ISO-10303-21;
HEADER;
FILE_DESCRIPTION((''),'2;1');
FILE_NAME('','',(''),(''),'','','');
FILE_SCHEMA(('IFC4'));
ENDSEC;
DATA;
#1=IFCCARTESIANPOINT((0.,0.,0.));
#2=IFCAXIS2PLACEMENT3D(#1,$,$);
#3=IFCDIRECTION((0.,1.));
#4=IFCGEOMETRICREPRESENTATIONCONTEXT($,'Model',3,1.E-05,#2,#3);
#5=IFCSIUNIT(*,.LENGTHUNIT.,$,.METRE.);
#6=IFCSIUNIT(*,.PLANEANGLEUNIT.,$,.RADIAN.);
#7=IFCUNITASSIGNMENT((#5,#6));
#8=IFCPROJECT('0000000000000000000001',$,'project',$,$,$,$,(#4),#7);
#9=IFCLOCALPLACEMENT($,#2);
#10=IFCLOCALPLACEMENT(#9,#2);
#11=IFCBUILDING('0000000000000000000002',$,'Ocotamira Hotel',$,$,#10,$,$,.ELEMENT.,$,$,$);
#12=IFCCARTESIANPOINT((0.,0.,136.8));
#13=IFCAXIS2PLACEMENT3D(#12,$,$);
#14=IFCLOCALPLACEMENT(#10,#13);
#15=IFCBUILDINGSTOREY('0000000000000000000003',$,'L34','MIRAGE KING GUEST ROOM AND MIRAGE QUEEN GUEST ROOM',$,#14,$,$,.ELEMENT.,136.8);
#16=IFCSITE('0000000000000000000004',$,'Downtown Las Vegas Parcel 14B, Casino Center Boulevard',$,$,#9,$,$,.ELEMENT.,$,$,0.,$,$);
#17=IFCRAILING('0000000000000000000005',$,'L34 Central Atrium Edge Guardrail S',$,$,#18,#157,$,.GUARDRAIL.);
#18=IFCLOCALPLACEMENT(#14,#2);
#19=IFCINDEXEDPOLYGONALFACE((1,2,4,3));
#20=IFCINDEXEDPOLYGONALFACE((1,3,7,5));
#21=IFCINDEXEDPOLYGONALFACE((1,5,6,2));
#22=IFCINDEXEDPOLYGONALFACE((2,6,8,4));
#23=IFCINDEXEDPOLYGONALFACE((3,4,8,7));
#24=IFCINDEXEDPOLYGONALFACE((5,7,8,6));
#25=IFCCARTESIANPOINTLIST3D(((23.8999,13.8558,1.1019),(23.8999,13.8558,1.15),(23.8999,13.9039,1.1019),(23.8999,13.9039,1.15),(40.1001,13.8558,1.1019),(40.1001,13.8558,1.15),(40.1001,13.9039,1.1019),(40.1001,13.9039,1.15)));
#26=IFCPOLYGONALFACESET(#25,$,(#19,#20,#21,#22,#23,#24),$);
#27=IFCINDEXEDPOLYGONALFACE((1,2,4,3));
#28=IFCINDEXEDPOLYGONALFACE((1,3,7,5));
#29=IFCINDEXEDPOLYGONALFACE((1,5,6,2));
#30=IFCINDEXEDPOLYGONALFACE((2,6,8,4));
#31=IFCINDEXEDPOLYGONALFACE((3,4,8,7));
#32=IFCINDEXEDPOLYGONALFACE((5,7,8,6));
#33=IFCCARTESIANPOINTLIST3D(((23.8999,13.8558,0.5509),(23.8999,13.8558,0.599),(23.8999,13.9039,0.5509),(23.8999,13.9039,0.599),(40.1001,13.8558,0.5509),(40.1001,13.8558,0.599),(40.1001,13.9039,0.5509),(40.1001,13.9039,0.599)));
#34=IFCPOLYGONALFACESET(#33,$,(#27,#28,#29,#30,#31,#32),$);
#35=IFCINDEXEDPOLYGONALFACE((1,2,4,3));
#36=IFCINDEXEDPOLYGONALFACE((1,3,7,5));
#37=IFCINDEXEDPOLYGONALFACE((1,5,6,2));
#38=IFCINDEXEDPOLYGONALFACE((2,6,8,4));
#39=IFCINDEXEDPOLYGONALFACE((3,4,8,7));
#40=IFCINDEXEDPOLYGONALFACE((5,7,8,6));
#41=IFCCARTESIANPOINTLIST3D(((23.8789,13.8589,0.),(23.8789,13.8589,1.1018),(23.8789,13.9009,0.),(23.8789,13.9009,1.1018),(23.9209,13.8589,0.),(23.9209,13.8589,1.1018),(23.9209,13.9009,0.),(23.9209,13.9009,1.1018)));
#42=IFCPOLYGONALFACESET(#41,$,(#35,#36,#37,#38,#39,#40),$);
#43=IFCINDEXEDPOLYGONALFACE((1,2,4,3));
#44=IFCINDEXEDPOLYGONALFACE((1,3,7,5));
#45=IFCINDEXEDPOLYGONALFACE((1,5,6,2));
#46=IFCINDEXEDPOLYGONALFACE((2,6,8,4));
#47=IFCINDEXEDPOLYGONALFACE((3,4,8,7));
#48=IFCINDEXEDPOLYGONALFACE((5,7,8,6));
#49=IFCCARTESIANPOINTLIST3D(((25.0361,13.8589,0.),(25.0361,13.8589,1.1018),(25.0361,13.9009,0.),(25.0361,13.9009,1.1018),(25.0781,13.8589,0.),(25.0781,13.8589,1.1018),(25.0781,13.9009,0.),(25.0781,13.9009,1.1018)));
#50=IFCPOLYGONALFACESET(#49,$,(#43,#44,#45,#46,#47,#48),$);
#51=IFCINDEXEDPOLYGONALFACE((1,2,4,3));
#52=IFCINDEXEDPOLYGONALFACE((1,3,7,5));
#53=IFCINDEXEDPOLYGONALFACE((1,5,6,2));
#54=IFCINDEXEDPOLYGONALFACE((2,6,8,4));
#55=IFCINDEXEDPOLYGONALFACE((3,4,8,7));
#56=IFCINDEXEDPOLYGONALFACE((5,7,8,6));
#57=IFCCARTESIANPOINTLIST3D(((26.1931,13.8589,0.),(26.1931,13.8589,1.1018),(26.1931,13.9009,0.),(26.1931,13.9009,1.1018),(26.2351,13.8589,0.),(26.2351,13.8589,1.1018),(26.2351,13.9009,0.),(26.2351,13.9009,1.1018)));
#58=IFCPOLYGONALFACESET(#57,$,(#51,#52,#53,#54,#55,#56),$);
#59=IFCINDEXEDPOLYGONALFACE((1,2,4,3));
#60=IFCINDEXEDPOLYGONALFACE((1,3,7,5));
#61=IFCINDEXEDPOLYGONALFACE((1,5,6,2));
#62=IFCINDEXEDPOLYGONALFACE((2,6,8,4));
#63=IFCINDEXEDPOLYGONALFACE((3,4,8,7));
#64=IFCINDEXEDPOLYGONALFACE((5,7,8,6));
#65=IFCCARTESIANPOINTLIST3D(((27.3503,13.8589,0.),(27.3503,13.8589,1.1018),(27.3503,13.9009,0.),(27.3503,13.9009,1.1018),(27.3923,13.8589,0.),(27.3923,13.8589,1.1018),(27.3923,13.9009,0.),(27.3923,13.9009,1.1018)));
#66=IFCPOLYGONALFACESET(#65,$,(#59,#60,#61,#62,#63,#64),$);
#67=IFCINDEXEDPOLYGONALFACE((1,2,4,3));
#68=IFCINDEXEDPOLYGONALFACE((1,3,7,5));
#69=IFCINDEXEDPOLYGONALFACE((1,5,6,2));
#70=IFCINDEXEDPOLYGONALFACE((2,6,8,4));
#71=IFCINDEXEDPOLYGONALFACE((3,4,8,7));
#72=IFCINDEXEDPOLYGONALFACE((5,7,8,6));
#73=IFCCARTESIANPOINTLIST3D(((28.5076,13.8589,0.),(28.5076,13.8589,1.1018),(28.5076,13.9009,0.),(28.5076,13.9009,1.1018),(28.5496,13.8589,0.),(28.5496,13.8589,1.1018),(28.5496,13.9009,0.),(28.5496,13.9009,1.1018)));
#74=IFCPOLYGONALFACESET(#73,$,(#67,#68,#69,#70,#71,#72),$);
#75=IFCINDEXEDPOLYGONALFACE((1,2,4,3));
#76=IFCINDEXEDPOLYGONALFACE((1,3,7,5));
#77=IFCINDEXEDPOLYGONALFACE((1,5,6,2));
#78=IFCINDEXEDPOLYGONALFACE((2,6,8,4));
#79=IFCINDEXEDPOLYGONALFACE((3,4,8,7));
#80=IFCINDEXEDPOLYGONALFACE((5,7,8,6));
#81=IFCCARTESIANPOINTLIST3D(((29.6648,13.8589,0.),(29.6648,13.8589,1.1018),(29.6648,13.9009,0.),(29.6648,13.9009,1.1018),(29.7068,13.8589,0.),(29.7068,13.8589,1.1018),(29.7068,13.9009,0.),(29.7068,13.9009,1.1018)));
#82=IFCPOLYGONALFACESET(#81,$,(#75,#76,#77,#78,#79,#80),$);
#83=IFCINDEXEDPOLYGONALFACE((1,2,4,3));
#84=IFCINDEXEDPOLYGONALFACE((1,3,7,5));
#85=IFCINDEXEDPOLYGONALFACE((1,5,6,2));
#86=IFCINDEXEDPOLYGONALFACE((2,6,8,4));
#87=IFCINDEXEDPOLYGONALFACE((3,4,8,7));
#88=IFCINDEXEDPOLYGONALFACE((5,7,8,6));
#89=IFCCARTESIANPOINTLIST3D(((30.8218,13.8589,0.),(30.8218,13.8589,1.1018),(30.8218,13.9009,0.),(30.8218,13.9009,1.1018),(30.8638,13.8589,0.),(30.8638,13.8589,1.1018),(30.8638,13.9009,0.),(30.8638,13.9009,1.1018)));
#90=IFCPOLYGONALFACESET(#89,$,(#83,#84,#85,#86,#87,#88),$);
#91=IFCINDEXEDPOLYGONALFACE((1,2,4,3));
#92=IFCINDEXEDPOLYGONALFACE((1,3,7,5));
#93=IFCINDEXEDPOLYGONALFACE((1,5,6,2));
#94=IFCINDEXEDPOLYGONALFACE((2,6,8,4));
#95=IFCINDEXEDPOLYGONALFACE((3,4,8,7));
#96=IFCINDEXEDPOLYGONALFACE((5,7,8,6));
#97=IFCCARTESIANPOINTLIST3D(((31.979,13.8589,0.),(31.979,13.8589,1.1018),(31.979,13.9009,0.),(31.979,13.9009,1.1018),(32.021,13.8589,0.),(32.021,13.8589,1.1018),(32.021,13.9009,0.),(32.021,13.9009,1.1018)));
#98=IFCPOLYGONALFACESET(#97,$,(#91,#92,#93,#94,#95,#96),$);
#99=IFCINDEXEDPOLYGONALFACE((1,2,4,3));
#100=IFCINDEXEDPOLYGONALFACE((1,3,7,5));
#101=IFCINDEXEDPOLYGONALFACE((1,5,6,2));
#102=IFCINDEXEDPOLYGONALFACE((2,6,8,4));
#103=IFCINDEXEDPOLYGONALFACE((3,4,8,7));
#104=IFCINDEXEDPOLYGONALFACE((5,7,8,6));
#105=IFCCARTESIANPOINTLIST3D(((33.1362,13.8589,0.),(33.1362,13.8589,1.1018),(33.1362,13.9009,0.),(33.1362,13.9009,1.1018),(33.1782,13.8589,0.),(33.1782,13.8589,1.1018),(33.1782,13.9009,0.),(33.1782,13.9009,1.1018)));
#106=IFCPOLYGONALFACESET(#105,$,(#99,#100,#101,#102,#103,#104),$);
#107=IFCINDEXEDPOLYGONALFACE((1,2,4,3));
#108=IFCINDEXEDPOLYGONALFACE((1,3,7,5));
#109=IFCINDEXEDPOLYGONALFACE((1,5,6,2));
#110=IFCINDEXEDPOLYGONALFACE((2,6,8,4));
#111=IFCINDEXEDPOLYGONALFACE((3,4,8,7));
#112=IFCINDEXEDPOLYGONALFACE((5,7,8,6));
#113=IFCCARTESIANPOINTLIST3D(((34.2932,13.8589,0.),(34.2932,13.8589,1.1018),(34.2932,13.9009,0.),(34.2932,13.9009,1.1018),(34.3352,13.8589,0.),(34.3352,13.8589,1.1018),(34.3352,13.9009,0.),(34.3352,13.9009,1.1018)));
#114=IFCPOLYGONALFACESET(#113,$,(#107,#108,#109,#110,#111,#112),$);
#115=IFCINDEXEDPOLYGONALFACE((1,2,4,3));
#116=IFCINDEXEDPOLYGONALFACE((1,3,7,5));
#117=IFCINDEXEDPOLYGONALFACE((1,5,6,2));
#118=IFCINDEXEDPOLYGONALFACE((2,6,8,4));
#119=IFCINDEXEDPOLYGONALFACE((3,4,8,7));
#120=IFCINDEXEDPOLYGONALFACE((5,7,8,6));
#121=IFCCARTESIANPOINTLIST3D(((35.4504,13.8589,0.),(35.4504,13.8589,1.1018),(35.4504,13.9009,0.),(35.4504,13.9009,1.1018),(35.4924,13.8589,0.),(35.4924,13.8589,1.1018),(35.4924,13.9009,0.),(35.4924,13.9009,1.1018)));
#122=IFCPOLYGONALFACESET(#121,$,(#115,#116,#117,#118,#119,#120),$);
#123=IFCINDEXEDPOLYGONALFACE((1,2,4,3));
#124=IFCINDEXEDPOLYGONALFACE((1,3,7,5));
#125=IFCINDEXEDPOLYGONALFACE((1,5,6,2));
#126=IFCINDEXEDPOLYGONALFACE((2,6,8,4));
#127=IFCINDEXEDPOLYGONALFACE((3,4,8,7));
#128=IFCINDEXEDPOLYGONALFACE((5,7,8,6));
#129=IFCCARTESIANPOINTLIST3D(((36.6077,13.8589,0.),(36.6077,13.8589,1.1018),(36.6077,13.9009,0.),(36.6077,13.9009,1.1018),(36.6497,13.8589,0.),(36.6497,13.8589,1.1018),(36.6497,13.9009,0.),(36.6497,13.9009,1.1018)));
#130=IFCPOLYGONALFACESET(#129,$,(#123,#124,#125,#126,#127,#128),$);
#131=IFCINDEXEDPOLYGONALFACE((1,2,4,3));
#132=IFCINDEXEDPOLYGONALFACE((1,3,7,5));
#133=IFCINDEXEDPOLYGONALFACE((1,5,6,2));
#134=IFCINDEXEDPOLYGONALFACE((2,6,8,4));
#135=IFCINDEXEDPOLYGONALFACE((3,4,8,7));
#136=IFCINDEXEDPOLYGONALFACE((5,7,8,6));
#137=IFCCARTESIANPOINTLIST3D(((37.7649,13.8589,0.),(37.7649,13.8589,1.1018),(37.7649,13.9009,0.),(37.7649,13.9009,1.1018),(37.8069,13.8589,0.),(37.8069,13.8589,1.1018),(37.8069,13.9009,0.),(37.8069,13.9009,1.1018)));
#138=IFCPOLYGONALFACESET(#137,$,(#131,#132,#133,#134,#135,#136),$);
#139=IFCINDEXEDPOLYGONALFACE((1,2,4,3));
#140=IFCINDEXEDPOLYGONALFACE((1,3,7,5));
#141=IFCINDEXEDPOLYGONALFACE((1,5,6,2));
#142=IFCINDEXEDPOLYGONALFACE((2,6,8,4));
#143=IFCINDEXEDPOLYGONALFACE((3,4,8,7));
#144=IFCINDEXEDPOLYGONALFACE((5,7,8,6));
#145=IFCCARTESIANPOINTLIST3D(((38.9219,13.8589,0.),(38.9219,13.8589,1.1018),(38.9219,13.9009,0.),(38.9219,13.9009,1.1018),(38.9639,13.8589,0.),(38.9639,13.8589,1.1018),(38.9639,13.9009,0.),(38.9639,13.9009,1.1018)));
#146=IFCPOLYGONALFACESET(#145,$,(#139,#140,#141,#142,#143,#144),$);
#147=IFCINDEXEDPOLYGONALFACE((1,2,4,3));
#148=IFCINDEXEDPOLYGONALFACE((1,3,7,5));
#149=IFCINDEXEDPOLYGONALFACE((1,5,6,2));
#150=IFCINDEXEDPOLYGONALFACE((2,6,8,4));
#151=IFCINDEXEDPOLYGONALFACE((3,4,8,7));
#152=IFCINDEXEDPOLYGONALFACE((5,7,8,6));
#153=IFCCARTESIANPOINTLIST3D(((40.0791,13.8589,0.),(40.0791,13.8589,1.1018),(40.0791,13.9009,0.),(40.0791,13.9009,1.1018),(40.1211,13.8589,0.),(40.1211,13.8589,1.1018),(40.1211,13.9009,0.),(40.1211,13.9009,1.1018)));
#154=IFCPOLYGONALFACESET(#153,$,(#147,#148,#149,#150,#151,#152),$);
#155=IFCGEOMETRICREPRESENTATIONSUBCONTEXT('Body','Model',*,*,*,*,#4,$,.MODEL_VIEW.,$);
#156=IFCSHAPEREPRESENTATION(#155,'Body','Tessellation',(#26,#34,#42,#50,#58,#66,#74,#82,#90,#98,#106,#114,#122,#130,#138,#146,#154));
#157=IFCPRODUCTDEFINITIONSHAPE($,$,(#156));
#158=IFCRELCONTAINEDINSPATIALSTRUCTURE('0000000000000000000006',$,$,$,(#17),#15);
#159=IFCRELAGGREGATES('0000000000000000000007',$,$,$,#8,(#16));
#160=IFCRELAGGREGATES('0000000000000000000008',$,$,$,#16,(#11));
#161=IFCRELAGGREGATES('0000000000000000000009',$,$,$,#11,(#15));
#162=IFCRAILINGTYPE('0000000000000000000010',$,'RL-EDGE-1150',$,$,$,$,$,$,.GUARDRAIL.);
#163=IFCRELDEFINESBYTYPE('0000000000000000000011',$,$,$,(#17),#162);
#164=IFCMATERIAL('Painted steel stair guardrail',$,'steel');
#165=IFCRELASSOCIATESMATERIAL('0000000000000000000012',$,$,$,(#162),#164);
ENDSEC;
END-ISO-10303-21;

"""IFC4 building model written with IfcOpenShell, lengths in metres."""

from ifc_helpers import new_model, si_unit, direction, frame, origin, origin_2d, place, context, subcontext, project, spatial, rectangle, extrude, material, type_object, element, save


model = new_model("IFC4")

# Units and contexts
model_context = context("Model", 3, precision=1e-05, world=origin(), true_north=direction((0.0, 1.0)))
body_context = subcontext(model_context, "Body", "Model", "MODEL_VIEW")
ifc_project = project(units=[si_unit("LENGTHUNIT", "METRE"), si_unit("PLANEANGLEUNIT", "RADIAN")], contexts=[model_context])

# Site, building, storey
site_placement = place(None, origin())
site = spatial("IfcSite", under=ifc_project, at=site_placement, Name="Downtown Las Vegas Parcel 14B, Casino Center Boulevard", CompositionType="ELEMENT", RefElevation=0.0)
building_placement = place(site_placement, origin())
building = spatial("IfcBuilding", under=site, at=building_placement, Name="Ocotamira Hotel", CompositionType="ELEMENT")
storey_placement = place(building_placement, frame((0.0, 0.0, 136.8)))
storey = spatial("IfcBuildingStorey", under=building, at=storey_placement, Name="L34", Description="MIRAGE KING GUEST ROOM AND MIRAGE QUEEN GUEST ROOM", CompositionType="ELEMENT", Elevation=136.8)

# Railing
ifc_material_1 = material(Name="Painted steel stair guardrail", Category="steel")
railing_type = type_object("IfcRailingType", Name="RL-EDGE-1150", PredefinedType="GUARDRAIL", material=ifc_material_1)
railing_placement = place(storey_placement, frame((23.8999, 13.8799, 0.0)))
element("IfcRailing", 1, at=railing_placement, inside=storey, type_object=railing_type, Name="L34 Central Atrium Edge Guardrail S", PredefinedType="GUARDRAIL", context=body_context, shape_type="SweptSolid", body=[
    extrude(rectangle(XDim=0.0481, YDim=0.0481, at=origin_2d()), frame((0.0, 0.0, 1.126), z_axis=(1.0, 0.0, 0.0), x_axis=(0.0, 1.0, 0.0)), (0.0, 0.0, 1.0), 16.2002),
    extrude(rectangle(XDim=0.0481, YDim=0.0481, at=origin_2d()), frame((0.0, 0.0, 0.575), z_axis=(1.0, 0.0, 0.0), x_axis=(0.0, 1.0, 0.0)), (0.0, 0.0, 1.0), 16.2002),
    extrude(rectangle(XDim=0.042, YDim=0.042, at=origin_2d()), origin(), (0.0, 0.0, 1.0), 1.1018),
    extrude(rectangle(XDim=0.042, YDim=0.042, at=origin_2d()), frame((1.1572, 0.0, 0.0)), (0.0, 0.0, 1.0), 1.1018),
    extrude(rectangle(XDim=0.042, YDim=0.042, at=origin_2d()), frame((2.3142, 0.0, 0.0)), (0.0, 0.0, 1.0), 1.1018),
    extrude(rectangle(XDim=0.042, YDim=0.042, at=origin_2d()), frame((3.4714, 0.0, 0.0)), (0.0, 0.0, 1.0), 1.1018),
    extrude(rectangle(XDim=0.042, YDim=0.042, at=origin_2d()), frame((4.6287, 0.0, 0.0)), (0.0, 0.0, 1.0), 1.1018),
    extrude(rectangle(XDim=0.042, YDim=0.042, at=origin_2d()), frame((5.7859, 0.0, 0.0)), (0.0, 0.0, 1.0), 1.1018),
    extrude(rectangle(XDim=0.042, YDim=0.042, at=origin_2d()), frame((6.9429, 0.0, 0.0)), (0.0, 0.0, 1.0), 1.1018),
    extrude(rectangle(XDim=0.042, YDim=0.042, at=origin_2d()), frame((8.1001, 0.0, 0.0)), (0.0, 0.0, 1.0), 1.1018),
    extrude(rectangle(XDim=0.042, YDim=0.042, at=origin_2d()), frame((9.2573, 0.0, 0.0)), (0.0, 0.0, 1.0), 1.1018),
    extrude(rectangle(XDim=0.042, YDim=0.042, at=origin_2d()), frame((10.4143, 0.0, 0.0)), (0.0, 0.0, 1.0), 1.1018),
    extrude(rectangle(XDim=0.042, YDim=0.042, at=origin_2d()), frame((11.5715, 0.0, 0.0)), (0.0, 0.0, 1.0), 1.1018),
    extrude(rectangle(XDim=0.042, YDim=0.042, at=origin_2d()), frame((12.7288, 0.0, 0.0)), (0.0, 0.0, 1.0), 1.1018),
    extrude(rectangle(XDim=0.042, YDim=0.042, at=origin_2d()), frame((13.886, 0.0, 0.0)), (0.0, 0.0, 1.0), 1.1018),
    extrude(rectangle(XDim=0.042, YDim=0.042, at=origin_2d()), frame((15.043, 0.0, 0.0)), (0.0, 0.0, 1.0), 1.1018),
    extrude(rectangle(XDim=0.042, YDim=0.042, at=origin_2d()), frame((16.2002, 0.0, 0.0)), (0.0, 0.0, 1.0), 1.1018),
])

save(model, "model.ifc")
